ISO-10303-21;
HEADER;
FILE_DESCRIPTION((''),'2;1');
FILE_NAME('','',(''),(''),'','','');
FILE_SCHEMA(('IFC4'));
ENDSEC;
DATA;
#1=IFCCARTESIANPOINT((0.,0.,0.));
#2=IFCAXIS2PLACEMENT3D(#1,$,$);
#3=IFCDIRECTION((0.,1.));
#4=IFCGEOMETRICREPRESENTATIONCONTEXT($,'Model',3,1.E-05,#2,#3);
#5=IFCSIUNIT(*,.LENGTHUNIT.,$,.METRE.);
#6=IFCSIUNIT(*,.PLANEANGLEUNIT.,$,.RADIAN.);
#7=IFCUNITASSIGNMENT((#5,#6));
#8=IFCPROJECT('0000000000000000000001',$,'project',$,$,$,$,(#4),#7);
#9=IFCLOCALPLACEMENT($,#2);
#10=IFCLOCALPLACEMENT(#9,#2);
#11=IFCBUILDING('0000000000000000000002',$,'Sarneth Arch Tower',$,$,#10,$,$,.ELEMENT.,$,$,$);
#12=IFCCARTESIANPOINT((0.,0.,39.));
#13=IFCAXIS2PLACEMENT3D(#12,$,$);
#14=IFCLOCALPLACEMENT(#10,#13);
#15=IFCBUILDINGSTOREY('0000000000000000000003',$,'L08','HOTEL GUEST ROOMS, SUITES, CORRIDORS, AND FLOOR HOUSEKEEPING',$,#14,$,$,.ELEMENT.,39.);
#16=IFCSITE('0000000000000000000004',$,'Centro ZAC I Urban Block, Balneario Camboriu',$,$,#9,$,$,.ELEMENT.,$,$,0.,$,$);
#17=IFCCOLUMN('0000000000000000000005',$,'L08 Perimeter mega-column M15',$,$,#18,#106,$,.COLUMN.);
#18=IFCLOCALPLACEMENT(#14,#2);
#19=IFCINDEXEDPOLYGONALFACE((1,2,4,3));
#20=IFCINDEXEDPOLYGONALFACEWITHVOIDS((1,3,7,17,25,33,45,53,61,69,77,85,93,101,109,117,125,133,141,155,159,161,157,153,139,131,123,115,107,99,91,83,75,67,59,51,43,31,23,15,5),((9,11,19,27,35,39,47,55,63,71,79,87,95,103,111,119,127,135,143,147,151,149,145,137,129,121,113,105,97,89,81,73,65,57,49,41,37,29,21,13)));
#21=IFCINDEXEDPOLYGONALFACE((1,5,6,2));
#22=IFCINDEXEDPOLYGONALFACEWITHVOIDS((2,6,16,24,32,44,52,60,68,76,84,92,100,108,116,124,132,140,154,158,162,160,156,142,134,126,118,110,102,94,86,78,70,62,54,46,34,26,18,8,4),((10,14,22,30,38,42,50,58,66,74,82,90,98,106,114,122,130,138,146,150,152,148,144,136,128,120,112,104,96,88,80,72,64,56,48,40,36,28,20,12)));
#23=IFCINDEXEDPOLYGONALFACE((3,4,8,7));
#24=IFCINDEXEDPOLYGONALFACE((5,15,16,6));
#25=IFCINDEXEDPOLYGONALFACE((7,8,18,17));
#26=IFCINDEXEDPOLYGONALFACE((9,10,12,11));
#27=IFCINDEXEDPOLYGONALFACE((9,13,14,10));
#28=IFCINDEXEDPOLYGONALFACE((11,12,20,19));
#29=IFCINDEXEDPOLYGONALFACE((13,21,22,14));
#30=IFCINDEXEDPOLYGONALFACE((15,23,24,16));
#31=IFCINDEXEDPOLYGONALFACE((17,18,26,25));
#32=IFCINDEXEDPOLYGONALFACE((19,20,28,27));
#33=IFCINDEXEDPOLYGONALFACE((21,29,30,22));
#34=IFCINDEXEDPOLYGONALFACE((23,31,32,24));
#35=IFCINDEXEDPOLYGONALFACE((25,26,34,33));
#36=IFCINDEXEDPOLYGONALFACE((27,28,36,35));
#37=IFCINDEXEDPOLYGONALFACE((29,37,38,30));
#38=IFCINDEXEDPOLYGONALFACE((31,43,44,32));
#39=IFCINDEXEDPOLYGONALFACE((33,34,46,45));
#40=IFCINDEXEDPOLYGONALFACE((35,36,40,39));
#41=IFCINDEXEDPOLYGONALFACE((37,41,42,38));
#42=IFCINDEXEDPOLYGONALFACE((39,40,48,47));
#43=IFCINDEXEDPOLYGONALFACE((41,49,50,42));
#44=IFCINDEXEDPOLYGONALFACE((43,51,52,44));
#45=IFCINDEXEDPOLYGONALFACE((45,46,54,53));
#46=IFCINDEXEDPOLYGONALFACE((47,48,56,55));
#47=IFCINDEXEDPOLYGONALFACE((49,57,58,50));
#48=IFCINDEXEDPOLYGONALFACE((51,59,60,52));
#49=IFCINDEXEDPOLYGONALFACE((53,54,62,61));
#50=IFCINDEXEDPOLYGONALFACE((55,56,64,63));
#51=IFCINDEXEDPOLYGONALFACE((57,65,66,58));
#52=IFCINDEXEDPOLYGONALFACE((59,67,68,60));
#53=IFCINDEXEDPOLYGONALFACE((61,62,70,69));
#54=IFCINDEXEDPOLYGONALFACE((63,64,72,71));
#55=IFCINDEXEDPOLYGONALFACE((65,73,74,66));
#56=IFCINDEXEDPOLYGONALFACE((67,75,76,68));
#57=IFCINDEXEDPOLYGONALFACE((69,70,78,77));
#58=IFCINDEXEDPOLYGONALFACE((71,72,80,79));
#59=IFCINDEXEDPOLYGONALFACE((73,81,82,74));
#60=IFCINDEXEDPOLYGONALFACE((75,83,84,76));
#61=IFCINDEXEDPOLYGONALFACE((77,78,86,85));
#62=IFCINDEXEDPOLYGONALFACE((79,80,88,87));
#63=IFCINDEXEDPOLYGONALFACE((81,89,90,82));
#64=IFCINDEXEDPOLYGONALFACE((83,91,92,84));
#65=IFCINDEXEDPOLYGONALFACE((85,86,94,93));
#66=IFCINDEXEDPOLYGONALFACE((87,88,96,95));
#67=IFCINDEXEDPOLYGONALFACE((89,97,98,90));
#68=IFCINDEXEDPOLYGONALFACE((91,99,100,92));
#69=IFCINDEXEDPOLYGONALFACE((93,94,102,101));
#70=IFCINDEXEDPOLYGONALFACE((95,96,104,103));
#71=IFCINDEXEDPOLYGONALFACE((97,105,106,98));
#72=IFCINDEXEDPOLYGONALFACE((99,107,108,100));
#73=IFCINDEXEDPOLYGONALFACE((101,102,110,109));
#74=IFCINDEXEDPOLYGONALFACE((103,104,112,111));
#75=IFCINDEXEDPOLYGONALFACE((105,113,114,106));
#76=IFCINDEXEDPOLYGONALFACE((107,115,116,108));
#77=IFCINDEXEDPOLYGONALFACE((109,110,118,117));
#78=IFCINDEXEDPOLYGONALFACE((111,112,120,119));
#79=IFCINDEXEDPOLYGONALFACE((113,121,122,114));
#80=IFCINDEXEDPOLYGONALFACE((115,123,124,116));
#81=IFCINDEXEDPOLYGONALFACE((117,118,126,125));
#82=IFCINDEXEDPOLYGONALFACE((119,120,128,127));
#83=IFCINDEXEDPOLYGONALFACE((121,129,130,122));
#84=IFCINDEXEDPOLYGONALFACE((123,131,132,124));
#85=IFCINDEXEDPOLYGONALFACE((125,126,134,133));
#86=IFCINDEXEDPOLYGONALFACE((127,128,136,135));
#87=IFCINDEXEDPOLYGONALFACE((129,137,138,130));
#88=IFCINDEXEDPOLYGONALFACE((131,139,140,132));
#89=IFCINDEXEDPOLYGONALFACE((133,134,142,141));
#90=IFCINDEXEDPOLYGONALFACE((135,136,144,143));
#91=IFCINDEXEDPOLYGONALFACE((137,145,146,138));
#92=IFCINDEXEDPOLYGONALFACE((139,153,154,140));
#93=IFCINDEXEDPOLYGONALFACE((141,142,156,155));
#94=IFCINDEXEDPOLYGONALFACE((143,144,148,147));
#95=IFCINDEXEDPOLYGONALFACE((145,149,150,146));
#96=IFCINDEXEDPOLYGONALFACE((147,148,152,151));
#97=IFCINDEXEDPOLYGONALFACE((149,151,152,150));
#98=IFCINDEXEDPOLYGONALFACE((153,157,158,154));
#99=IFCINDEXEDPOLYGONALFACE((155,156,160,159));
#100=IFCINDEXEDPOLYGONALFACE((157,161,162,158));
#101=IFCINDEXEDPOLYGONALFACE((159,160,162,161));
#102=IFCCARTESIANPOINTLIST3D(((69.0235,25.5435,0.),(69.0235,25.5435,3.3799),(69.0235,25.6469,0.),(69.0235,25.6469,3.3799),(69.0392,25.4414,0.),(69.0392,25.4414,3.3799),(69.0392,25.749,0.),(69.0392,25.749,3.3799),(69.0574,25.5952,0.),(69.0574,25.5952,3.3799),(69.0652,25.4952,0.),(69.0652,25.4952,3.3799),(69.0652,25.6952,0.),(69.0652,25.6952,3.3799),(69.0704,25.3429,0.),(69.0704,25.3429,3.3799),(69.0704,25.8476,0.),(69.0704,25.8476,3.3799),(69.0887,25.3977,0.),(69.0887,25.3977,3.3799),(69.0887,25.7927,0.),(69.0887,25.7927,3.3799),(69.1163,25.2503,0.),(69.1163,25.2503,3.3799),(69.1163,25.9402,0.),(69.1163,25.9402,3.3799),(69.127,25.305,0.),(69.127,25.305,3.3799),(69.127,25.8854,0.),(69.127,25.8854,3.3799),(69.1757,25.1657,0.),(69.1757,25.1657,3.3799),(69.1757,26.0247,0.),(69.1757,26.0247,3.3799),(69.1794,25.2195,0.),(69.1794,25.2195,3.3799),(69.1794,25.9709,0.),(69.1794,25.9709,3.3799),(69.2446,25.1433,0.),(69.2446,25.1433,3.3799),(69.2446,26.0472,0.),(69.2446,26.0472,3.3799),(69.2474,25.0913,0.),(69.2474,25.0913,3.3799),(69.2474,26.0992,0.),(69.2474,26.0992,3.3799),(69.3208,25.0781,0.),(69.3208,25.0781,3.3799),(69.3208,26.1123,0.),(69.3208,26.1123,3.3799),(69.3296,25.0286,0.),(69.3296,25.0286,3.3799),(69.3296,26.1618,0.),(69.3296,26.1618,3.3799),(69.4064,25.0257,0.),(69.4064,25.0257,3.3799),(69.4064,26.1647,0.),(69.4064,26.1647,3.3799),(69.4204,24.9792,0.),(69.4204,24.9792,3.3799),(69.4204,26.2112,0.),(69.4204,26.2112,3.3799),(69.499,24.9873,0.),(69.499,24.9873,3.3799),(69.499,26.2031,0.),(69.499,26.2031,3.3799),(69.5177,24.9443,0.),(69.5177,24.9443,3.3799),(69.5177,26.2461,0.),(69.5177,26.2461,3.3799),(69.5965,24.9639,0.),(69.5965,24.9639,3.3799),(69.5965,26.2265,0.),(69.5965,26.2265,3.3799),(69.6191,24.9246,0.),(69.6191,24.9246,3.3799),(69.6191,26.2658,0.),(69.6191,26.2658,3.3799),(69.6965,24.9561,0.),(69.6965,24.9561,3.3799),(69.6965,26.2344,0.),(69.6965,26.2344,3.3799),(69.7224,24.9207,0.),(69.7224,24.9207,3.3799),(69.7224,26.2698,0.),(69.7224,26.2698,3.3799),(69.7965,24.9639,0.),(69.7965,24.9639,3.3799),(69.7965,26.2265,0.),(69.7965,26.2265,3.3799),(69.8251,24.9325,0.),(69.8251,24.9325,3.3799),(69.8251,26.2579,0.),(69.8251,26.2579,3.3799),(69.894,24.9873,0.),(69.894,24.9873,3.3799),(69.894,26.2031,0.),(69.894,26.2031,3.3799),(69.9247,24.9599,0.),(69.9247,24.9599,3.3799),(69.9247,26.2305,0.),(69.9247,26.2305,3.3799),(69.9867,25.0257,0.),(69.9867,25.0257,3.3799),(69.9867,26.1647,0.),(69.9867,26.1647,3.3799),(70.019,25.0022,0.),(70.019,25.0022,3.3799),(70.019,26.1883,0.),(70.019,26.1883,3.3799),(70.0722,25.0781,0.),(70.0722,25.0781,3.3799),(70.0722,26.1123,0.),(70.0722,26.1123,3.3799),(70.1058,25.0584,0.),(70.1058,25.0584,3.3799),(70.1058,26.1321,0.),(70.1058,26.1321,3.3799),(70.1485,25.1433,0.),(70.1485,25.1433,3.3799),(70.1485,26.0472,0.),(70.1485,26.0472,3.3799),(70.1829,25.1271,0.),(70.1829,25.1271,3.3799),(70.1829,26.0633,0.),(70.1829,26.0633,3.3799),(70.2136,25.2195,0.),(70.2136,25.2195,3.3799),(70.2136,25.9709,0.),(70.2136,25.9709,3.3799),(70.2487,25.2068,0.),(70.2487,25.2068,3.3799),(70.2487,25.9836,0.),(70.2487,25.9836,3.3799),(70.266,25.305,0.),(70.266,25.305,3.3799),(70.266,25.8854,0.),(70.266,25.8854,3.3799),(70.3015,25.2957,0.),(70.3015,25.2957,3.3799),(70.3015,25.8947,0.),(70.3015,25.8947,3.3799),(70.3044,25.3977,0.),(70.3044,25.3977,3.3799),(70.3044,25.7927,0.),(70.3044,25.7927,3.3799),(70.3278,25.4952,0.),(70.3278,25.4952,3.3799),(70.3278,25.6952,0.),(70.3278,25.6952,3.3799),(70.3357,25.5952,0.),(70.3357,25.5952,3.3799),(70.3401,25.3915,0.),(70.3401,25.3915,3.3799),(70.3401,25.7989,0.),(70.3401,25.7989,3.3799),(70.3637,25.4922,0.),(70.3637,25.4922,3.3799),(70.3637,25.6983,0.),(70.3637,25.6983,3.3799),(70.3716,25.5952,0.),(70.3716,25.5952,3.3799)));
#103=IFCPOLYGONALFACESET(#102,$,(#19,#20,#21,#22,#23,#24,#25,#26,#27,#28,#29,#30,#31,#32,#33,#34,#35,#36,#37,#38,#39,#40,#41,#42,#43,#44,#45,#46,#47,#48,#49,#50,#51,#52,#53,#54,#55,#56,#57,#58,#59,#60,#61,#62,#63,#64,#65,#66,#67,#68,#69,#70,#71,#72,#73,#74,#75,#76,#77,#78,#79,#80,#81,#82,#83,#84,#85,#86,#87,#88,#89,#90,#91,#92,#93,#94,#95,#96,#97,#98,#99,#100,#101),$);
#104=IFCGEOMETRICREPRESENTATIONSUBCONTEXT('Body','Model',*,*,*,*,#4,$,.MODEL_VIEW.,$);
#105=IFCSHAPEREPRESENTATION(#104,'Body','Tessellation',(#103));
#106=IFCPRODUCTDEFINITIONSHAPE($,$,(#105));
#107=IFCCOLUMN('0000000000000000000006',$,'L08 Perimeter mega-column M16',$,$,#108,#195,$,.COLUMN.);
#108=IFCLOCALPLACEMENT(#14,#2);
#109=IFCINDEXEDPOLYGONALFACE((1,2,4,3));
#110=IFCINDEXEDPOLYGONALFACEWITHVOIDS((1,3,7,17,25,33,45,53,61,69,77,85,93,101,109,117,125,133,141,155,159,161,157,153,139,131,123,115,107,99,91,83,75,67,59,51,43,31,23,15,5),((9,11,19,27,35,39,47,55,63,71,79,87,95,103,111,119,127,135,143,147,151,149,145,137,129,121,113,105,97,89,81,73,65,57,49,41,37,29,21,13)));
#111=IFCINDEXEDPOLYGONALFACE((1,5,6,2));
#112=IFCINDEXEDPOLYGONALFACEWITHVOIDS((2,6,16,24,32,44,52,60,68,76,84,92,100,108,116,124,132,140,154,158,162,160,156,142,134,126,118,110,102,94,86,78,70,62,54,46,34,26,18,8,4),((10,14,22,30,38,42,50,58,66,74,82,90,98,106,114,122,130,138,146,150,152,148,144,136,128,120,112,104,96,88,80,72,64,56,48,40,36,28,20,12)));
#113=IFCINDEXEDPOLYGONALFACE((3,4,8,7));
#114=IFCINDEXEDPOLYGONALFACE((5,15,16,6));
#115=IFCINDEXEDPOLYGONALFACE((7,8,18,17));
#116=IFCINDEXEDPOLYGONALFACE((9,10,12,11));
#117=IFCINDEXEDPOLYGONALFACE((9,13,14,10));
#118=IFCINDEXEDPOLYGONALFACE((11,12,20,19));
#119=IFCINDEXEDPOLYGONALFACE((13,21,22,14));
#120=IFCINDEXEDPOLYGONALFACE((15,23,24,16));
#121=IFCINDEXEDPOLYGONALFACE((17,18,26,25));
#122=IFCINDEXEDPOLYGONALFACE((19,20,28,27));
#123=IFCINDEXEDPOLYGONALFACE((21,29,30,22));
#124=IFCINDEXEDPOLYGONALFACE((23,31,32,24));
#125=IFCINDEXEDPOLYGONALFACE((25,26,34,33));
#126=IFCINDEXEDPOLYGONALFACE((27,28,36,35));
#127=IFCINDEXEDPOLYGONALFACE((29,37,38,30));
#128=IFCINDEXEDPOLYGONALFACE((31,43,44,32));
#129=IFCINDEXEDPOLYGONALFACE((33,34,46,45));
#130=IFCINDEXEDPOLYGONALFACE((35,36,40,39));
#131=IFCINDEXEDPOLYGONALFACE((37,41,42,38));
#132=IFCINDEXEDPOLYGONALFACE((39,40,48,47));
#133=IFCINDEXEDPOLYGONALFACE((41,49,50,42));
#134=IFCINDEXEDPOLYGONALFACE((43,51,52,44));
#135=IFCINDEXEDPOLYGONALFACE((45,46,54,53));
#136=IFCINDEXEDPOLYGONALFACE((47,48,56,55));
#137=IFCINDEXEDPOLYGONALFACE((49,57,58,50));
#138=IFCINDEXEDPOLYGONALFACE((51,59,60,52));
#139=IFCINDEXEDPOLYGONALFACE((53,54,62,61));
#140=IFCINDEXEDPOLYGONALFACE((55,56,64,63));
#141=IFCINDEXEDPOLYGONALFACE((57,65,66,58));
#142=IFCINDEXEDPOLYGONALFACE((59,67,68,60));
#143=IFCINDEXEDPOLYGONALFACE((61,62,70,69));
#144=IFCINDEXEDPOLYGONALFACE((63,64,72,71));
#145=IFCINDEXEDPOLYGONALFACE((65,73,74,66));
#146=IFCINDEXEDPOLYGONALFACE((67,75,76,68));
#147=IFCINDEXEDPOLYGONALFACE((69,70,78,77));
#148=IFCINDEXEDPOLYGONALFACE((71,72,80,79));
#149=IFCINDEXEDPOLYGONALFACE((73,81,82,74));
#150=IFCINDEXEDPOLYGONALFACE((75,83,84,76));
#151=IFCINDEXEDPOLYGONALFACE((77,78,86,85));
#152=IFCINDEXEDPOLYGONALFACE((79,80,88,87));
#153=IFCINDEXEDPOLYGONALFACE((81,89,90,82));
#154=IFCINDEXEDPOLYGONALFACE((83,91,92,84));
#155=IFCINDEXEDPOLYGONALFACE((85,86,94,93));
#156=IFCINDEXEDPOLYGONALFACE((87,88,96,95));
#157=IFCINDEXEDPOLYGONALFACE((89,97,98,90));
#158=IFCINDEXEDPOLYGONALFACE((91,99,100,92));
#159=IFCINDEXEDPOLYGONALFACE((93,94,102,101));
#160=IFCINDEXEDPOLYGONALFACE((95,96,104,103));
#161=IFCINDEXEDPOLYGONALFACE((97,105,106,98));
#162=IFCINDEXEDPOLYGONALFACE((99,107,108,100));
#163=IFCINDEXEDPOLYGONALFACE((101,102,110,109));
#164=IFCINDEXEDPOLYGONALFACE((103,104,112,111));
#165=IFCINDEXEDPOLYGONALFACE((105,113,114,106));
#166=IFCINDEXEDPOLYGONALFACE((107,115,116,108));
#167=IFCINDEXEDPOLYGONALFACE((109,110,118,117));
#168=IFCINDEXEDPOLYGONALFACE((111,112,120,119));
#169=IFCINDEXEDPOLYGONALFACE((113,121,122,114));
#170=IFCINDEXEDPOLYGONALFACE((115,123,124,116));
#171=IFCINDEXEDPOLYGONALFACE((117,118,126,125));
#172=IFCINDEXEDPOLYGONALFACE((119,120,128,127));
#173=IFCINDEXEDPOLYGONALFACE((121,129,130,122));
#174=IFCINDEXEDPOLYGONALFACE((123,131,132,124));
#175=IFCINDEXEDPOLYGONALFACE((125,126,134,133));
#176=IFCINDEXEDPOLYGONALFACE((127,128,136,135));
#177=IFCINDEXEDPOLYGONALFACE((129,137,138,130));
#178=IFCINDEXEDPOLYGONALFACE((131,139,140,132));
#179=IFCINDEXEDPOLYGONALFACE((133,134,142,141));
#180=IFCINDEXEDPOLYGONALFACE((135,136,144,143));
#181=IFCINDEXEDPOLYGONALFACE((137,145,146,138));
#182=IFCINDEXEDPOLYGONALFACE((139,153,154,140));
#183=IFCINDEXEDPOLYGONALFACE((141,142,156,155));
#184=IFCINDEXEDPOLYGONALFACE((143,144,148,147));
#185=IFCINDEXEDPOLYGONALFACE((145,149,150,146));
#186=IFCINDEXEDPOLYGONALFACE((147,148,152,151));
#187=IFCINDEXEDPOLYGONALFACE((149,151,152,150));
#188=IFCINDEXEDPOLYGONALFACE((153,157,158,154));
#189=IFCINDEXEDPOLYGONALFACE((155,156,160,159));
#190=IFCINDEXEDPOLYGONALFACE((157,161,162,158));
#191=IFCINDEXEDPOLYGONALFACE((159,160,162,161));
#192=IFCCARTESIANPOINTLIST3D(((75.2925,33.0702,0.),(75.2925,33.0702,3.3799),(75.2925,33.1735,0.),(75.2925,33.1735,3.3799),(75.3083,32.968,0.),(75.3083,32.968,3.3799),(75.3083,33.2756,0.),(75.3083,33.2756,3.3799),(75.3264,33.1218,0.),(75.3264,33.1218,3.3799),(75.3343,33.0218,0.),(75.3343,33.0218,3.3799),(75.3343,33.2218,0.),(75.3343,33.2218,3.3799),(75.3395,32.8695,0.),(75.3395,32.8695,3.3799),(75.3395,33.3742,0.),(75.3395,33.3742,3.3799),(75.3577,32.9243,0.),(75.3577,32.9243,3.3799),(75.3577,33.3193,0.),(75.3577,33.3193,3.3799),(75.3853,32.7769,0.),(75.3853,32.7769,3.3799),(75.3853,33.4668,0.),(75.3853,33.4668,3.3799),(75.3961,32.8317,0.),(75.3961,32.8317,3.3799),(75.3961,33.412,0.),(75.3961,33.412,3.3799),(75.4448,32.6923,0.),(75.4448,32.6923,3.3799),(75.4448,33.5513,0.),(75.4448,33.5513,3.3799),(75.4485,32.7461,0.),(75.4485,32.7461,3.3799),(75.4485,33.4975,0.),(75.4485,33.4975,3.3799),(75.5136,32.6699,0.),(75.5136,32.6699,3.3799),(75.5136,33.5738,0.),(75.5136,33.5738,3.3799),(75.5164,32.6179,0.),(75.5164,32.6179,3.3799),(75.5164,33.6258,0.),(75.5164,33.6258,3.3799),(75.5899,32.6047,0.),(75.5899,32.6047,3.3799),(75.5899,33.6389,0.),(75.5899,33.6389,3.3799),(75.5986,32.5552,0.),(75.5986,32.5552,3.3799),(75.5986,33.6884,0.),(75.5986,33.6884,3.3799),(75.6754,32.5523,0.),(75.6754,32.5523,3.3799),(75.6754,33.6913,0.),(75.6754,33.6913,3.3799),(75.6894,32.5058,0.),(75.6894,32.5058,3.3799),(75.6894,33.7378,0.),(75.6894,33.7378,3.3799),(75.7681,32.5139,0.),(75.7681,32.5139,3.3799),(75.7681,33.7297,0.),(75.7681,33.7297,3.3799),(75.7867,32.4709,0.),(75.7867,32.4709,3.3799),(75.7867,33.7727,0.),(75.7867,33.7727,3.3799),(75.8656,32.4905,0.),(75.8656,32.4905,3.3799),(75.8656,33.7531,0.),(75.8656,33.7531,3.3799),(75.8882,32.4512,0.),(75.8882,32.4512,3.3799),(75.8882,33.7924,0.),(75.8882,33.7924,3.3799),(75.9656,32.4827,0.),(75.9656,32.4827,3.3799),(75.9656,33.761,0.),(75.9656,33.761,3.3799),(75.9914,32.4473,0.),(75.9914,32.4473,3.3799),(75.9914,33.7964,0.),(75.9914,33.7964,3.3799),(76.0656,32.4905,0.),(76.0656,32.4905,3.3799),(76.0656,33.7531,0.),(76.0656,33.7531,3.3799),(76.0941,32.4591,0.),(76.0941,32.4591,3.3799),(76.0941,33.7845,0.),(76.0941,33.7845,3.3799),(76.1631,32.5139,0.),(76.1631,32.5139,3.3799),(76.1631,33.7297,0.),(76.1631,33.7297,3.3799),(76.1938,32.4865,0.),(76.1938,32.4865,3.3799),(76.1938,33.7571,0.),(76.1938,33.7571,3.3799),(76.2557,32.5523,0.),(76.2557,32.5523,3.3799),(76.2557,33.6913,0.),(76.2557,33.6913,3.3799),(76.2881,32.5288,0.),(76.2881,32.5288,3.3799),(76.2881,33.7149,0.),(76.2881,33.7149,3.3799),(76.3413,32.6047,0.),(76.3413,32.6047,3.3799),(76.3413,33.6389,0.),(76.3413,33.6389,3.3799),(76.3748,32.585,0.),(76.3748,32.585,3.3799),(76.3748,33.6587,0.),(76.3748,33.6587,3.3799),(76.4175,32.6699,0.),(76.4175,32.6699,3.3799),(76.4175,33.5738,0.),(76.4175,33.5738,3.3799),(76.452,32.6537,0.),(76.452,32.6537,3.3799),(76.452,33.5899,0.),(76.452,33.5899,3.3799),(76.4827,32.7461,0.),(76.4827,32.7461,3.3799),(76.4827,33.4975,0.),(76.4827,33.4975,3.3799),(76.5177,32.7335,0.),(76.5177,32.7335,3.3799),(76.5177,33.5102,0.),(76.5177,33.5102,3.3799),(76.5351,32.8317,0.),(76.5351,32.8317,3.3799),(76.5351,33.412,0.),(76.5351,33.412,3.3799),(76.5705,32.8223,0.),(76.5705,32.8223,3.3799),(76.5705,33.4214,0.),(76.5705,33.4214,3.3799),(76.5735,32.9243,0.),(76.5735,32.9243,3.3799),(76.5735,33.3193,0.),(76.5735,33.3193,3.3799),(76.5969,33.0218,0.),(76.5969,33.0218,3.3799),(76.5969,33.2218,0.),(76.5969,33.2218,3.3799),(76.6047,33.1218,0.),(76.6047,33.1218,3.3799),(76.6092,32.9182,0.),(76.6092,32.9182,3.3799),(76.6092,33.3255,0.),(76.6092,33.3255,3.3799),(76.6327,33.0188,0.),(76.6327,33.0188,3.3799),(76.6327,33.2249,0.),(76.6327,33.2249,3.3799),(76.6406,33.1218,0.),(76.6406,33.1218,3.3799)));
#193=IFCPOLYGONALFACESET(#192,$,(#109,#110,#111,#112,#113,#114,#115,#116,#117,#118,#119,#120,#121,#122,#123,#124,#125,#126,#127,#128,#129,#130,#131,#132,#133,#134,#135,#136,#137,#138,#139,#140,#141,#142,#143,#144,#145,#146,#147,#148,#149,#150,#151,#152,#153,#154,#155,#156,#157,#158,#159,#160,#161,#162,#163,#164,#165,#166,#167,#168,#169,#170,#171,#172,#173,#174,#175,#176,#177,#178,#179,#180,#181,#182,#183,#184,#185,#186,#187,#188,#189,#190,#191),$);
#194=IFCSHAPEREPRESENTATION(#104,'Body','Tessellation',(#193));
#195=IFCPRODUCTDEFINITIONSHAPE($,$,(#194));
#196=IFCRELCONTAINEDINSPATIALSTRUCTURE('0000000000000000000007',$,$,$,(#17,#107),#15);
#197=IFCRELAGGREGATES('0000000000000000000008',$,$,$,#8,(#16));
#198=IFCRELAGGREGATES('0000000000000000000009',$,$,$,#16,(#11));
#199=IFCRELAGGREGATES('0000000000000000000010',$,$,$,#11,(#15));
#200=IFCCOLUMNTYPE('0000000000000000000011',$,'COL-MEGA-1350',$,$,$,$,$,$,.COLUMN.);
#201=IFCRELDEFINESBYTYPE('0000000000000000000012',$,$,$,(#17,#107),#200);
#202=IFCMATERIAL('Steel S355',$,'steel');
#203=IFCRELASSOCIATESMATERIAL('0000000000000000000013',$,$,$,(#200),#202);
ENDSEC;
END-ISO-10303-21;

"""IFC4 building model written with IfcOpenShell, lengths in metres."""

from ifc_helpers import new_model, si_unit, direction, frame, origin, origin_2d, place, context, subcontext, project, spatial, hollow_circle, extrude, material, material_profile, profile_set, type_object, element, save


model = new_model("IFC4")

# Units and contexts
model_context = context("Model", 3, precision=1e-05, world=origin(), true_north=direction((0.0, 1.0)))
body_context = subcontext(model_context, "Body", "Model", "MODEL_VIEW")
ifc_project = project(units=[si_unit("LENGTHUNIT", "METRE"), si_unit("PLANEANGLEUNIT", "RADIAN")], contexts=[model_context])

# Site, building, storey
site_placement = place(None, origin())
site = spatial("IfcSite", under=ifc_project, at=site_placement, Name="Centro ZAC I Urban Block, Balneario Camboriu", CompositionType="ELEMENT", RefElevation=0.0)
building_placement = place(site_placement, origin())
building = spatial("IfcBuilding", under=site, at=building_placement, Name="Sarneth Arch Tower", CompositionType="ELEMENT")
storey_placement = place(building_placement, frame((0.0, 0.0, 39.0)))
storey = spatial("IfcBuildingStorey", under=building, at=storey_placement, Name="L08", Description="HOTEL GUEST ROOMS, SUITES, CORRIDORS, AND FLOOR HOUSEKEEPING", CompositionType="ELEMENT", Elevation=39.0)

# Columns
ifc_material_1 = material(Name="Steel S355", Category="steel")
ifc_material_profile_1 = material_profile(ifc_material_1, hollow_circle(Radius=0.675, WallThickness=0.0359, at=origin_2d()), Name="CHS1350x36")
ifc_profile_set_1 = profile_set([ifc_material_profile_1], Name="Steel S355")
column_type = type_object("IfcColumnType", Name="COL-MEGA-1350", PredefinedType="COLUMN", material=ifc_profile_set_1)
for number, where, z_axis, x_axis, name in (
    (1, (69.6965, 25.5952, 0.0), (0.0, 0.0, 1.0), (1.0, 0.0, 0.0), "L08 Perimeter mega-column M15"),
    (2, (75.9656, 33.1218, 0.0), (0.0, 0.0, 1.0), (1.0, 0.0, 0.0), "L08 Perimeter mega-column M16"),
):
    element("IfcColumn", number, at=place(storey_placement, frame(where, z_axis=z_axis, x_axis=x_axis)), inside=storey, type_object=column_type, Name=name, PredefinedType="COLUMN", context=body_context, shape_type="SweptSolid", body=[
        extrude(hollow_circle(Radius=0.675, WallThickness=0.0359, at=origin_2d()), origin(), (0.0, 0.0, 1.0), 3.3799),
    ])

save(model, "model.ifc")
